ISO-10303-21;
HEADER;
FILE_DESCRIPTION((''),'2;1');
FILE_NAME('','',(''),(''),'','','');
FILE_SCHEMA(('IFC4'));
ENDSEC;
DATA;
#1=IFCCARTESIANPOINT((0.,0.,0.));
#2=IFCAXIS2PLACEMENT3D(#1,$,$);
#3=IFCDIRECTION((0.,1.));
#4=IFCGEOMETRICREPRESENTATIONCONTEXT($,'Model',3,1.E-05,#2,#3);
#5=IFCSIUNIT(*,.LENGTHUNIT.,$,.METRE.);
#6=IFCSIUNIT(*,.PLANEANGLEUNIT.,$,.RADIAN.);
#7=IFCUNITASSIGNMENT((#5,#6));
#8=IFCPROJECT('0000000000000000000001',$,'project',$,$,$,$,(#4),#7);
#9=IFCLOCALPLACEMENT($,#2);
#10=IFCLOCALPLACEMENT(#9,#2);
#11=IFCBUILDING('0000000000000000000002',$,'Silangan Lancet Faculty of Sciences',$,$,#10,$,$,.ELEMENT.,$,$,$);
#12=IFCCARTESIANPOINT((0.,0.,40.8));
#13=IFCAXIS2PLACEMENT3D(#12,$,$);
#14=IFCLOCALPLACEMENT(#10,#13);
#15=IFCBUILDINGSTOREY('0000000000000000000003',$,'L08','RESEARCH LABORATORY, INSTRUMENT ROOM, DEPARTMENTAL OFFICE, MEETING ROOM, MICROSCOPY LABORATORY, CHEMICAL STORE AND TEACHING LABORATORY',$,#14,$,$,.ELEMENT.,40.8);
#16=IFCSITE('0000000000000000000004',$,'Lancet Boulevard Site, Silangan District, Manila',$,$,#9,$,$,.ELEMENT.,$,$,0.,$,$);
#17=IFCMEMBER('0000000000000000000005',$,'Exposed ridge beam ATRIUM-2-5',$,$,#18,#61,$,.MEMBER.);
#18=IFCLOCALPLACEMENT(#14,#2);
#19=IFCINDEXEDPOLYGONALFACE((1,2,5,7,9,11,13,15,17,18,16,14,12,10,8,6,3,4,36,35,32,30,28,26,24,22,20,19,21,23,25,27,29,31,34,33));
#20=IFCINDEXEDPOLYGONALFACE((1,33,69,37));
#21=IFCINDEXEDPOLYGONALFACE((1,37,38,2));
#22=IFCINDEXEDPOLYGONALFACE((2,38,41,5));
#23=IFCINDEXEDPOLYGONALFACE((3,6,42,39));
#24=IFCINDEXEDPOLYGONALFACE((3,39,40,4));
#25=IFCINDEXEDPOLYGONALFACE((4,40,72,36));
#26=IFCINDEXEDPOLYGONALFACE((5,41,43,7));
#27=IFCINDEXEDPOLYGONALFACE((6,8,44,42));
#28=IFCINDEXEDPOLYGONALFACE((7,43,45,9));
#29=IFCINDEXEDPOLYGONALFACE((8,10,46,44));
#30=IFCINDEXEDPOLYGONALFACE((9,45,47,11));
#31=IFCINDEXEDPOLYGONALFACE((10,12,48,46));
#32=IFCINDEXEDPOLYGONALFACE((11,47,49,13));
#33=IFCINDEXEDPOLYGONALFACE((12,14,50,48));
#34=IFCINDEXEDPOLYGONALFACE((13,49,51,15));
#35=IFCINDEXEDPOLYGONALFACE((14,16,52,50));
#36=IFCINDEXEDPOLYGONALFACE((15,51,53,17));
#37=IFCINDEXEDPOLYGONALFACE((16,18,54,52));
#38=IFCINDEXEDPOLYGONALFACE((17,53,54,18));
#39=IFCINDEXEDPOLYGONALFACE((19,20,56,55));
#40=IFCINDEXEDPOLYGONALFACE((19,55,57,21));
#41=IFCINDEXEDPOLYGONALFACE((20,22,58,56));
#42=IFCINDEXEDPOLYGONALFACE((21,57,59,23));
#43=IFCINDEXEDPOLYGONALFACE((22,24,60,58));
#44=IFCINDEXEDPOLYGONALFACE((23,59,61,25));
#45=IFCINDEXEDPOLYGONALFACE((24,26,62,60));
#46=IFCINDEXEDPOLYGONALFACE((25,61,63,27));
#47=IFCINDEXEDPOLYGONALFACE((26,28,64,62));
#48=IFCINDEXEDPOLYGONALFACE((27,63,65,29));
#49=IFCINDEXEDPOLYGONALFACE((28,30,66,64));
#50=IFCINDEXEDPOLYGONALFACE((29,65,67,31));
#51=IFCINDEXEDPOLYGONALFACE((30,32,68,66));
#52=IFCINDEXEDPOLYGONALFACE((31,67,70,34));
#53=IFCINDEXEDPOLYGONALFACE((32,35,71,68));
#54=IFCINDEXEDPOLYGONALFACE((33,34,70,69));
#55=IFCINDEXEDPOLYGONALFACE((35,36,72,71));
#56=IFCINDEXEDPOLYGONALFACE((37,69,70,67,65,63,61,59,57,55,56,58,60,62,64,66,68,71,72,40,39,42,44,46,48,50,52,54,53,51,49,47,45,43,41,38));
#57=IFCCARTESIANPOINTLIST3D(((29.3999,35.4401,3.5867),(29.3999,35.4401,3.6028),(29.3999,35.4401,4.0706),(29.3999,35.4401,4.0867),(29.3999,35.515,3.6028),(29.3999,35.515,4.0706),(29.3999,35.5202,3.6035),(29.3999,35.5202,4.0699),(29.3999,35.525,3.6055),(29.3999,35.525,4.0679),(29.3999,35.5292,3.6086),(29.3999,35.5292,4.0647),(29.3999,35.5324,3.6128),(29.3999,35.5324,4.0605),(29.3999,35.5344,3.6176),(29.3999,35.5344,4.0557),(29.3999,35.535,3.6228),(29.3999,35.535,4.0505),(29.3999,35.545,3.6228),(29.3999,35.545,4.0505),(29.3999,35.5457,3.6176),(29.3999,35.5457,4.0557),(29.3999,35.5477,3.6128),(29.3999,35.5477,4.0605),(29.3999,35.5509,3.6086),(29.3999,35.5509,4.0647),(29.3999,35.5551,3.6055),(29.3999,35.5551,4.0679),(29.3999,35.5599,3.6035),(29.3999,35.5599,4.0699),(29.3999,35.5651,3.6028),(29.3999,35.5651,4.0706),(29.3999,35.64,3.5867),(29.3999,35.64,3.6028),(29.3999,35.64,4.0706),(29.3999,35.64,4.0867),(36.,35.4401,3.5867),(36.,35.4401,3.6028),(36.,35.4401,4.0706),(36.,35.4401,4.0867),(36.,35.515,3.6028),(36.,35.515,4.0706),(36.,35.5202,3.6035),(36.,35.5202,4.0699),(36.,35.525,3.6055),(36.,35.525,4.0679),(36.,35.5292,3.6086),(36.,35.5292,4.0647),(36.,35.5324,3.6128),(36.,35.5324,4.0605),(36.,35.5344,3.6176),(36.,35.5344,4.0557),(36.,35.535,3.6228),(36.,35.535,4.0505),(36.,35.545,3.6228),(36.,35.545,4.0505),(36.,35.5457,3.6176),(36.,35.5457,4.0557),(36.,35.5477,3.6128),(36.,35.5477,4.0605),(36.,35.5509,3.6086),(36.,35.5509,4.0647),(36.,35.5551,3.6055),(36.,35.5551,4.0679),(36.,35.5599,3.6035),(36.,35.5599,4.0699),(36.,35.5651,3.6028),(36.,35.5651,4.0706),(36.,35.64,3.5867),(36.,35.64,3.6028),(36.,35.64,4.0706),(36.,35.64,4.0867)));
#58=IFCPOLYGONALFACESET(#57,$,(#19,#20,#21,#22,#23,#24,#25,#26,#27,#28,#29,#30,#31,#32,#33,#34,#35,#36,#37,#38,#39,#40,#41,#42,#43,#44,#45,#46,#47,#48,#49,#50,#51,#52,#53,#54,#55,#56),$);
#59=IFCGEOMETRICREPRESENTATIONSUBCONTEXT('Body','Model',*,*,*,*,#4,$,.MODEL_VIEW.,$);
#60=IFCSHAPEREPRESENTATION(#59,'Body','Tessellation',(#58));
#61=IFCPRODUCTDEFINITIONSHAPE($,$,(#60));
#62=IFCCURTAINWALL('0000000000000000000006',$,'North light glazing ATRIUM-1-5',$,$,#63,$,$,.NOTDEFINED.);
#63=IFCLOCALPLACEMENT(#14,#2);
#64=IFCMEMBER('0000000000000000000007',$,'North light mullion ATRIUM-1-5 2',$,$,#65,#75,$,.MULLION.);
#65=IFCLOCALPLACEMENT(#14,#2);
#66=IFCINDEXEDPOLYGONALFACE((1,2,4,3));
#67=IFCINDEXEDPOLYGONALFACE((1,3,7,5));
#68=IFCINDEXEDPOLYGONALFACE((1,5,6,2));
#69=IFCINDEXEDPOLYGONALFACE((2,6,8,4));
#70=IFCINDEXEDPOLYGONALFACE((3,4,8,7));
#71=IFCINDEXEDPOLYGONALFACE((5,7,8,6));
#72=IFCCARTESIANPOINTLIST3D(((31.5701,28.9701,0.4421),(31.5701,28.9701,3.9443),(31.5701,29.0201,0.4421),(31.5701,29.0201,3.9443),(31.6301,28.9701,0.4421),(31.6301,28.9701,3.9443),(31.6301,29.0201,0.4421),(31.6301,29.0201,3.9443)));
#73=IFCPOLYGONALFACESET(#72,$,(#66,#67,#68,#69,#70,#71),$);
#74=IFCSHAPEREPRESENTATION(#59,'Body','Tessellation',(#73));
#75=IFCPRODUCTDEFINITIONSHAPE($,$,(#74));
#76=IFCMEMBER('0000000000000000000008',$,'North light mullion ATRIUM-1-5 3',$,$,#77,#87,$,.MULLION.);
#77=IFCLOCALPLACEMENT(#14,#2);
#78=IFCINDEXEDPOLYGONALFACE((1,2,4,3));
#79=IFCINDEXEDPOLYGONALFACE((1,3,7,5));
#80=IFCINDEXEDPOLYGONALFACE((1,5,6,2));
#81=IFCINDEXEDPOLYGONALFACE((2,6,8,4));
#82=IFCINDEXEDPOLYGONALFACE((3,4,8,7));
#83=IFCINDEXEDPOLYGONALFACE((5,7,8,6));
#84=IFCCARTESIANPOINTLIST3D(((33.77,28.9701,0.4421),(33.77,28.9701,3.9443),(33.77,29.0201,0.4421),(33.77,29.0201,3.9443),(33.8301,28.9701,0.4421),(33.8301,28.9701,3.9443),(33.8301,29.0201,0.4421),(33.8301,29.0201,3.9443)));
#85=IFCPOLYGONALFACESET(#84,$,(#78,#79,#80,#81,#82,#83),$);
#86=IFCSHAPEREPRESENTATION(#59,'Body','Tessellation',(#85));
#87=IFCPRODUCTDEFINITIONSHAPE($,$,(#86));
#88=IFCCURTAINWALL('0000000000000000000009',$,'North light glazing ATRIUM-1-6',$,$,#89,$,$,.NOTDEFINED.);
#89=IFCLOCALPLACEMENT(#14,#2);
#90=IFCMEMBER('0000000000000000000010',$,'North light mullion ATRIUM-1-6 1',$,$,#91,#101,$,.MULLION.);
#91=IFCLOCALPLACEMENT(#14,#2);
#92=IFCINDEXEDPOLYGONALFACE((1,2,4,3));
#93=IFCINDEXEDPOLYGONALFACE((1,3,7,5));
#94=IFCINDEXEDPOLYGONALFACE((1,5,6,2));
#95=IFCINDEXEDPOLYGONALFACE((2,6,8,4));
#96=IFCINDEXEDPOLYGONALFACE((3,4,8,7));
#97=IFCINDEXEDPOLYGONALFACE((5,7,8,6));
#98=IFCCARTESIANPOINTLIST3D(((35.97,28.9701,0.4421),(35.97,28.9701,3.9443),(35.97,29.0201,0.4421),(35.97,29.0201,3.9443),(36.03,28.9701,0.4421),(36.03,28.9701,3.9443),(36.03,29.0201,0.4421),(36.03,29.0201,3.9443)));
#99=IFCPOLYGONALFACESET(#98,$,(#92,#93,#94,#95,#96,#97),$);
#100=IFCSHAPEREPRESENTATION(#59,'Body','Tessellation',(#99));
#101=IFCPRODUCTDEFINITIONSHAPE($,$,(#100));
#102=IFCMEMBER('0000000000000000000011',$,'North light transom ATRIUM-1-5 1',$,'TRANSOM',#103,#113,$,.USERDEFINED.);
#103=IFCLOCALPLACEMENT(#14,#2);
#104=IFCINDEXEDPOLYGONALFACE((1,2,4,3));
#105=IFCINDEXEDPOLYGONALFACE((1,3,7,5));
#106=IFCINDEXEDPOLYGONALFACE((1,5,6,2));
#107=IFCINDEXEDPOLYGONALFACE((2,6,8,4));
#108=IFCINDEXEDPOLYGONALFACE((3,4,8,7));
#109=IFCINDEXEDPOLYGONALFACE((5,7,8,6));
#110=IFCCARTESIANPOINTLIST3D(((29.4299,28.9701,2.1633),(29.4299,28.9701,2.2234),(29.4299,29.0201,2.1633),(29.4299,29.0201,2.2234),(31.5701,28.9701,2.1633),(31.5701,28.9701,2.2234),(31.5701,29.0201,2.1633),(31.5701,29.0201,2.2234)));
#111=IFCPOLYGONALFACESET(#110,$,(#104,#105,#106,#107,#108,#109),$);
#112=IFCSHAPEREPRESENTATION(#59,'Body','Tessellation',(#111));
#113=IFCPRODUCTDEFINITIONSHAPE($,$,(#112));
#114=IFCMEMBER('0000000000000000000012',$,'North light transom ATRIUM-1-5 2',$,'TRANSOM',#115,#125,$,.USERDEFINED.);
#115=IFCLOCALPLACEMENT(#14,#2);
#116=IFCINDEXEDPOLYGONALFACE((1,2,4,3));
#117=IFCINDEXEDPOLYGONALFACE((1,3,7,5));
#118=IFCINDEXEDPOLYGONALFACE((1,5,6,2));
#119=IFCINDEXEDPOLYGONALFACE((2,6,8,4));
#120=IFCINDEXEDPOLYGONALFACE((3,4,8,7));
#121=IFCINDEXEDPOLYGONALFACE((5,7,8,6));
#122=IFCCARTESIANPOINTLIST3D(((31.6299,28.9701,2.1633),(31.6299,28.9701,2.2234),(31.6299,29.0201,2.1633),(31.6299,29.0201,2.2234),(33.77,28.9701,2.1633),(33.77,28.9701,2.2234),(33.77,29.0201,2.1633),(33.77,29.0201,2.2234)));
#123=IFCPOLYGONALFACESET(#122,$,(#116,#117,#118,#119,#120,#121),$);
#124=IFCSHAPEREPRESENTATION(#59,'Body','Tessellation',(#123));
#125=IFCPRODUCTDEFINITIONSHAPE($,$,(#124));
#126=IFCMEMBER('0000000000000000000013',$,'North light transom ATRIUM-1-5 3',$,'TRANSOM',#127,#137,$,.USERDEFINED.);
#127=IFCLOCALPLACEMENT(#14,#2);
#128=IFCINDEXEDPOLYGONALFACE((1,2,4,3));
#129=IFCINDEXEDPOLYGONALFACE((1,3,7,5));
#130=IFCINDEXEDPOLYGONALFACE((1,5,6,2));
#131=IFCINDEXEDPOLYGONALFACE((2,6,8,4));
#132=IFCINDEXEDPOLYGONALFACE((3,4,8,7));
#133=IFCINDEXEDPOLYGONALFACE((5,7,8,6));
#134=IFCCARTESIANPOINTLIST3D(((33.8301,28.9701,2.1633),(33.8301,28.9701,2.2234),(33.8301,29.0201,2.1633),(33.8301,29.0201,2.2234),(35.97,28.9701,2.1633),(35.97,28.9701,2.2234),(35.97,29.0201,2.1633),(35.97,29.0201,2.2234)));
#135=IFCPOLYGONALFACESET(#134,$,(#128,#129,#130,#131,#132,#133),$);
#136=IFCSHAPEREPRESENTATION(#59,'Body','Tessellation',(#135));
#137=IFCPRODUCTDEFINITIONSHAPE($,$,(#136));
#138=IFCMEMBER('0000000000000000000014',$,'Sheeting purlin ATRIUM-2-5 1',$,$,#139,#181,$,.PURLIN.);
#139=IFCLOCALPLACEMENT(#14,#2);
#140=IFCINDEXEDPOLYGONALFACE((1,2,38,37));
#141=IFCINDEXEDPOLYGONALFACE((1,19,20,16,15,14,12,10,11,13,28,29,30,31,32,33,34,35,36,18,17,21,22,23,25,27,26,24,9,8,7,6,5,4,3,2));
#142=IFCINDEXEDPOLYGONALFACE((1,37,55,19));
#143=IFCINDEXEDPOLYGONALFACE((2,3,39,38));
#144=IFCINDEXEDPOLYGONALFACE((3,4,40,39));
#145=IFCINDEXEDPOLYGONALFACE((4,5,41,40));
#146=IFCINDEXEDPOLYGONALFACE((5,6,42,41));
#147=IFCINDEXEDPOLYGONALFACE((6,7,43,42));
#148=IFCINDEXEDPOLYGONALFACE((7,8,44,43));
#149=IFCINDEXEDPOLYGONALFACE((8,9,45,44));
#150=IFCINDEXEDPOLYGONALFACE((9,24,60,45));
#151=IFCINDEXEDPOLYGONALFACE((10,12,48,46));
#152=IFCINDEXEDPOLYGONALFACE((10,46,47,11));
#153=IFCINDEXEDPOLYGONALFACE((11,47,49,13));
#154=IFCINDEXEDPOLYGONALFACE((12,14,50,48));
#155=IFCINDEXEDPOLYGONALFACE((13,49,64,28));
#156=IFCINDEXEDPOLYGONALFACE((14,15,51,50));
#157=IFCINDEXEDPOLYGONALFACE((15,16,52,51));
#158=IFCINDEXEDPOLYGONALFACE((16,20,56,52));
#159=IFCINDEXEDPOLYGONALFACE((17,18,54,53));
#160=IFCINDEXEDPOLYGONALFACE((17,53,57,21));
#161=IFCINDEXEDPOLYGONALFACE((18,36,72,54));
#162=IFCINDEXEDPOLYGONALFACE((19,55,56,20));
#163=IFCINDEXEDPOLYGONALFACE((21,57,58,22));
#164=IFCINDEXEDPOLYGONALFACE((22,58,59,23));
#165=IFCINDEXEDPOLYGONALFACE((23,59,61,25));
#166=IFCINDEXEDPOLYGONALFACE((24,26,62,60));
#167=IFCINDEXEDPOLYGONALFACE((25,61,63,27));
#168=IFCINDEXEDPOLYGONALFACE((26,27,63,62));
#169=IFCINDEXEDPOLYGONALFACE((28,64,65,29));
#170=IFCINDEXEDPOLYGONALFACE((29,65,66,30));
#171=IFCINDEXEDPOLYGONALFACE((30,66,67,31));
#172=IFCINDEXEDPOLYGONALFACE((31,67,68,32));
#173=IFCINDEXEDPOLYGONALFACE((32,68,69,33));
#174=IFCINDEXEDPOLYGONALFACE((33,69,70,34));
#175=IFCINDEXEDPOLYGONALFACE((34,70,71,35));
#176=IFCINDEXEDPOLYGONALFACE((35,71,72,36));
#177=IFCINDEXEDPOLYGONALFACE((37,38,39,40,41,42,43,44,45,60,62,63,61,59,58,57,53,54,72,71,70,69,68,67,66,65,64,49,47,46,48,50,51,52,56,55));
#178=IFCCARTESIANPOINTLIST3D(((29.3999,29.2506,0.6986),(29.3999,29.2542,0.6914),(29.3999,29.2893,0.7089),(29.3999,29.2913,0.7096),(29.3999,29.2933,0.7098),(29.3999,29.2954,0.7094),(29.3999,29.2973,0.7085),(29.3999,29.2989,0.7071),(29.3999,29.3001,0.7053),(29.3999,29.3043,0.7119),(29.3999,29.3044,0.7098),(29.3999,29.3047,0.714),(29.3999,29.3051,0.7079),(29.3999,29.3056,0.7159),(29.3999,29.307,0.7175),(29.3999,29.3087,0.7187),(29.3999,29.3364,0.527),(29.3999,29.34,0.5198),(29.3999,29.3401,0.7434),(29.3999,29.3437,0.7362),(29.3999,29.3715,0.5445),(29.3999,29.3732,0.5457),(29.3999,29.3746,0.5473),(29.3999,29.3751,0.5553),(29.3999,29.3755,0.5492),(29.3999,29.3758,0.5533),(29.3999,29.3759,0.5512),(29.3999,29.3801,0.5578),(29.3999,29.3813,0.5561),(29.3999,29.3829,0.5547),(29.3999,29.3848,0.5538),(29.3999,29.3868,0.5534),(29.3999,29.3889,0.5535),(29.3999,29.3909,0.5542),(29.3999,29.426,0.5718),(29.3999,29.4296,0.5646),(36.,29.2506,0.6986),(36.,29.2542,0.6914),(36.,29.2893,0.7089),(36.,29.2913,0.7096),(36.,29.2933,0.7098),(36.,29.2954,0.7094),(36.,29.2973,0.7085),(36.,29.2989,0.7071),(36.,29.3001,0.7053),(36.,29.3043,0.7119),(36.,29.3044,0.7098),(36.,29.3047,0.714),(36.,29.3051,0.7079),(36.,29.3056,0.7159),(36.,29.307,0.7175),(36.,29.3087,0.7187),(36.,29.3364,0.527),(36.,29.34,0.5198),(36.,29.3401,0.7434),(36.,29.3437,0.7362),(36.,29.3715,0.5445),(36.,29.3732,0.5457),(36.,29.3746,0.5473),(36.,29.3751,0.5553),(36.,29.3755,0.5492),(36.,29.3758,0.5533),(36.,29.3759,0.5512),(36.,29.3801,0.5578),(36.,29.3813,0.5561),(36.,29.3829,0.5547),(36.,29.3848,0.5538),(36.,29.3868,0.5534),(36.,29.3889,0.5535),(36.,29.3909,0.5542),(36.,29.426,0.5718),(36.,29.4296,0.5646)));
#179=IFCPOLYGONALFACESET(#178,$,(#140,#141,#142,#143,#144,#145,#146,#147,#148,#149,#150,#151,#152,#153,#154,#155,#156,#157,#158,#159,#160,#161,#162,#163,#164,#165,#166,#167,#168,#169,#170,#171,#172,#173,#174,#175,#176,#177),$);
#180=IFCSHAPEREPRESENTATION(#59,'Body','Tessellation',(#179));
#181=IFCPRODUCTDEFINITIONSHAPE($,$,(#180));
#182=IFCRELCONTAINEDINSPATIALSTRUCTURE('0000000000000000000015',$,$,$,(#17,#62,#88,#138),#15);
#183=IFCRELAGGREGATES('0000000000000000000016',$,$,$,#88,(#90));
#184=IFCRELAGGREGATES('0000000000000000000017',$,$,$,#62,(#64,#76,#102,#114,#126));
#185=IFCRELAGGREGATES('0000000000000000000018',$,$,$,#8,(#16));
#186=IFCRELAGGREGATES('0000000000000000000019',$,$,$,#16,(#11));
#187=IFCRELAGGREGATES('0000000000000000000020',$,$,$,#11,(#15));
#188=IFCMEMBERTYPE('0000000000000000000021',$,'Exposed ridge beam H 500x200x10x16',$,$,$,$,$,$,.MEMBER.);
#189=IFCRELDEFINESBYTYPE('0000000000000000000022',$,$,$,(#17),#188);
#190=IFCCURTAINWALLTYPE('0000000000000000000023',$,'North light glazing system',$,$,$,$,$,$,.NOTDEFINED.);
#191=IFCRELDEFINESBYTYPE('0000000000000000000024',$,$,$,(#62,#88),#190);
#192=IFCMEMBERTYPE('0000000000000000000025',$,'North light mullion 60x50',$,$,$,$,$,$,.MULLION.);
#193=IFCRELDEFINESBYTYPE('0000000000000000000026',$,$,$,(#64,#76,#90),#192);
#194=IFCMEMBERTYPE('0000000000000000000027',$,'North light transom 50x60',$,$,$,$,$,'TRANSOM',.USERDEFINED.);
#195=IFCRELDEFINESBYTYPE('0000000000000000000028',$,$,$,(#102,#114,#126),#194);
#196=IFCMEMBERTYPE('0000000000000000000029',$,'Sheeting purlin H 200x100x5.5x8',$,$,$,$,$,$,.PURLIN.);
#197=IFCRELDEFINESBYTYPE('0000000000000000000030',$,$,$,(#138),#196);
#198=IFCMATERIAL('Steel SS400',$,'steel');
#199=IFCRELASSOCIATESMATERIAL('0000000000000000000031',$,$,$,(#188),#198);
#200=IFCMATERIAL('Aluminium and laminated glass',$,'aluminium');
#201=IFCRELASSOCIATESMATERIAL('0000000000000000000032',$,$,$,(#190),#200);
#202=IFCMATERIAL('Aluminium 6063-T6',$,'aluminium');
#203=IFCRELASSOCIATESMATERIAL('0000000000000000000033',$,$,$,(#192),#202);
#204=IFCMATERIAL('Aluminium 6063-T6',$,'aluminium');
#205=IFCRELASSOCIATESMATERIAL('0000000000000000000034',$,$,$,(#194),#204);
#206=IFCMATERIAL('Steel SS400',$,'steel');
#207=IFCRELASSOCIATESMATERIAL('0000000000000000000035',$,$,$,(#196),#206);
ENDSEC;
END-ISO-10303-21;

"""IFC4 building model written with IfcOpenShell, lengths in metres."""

from ifc_helpers import new_model, si_unit, direction, frame, origin, origin_2d, place, context, subcontext, project, spatial, rectangle, i_section, extrude, material, material_profile, profile_set, type_object, element, aggregate, save


model = new_model("IFC4")

# Units and contexts
model_context = context("Model", 3, precision=1e-05, world=origin(), true_north=direction((0.0, 1.0)))
body_context = subcontext(model_context, "Body", "Model", "MODEL_VIEW")
ifc_project = project(units=[si_unit("LENGTHUNIT", "METRE"), si_unit("PLANEANGLEUNIT", "RADIAN")], contexts=[model_context])

# Site, building, storey
site_placement = place(None, origin())
site = spatial("IfcSite", under=ifc_project, at=site_placement, Name="Lancet Boulevard Site, Silangan District, Manila", CompositionType="ELEMENT", RefElevation=0.0)
building_placement = place(site_placement, origin())
building = spatial("IfcBuilding", under=site, at=building_placement, Name="Silangan Lancet Faculty of Sciences", CompositionType="ELEMENT")
storey_placement = place(building_placement, frame((0.0, 0.0, 40.8)))
storey = spatial("IfcBuildingStorey", under=building, at=storey_placement, Name="L08", Description="RESEARCH LABORATORY, INSTRUMENT ROOM, DEPARTMENTAL OFFICE, MEETING ROOM, MICROSCOPY LABORATORY, CHEMICAL STORE AND TEACHING LABORATORY", CompositionType="ELEMENT", Elevation=40.8)

# Member
ifc_material_1 = material(Name="Steel SS400", Category="steel")
ifc_material_profile_1 = material_profile(ifc_material_1, i_section(OverallWidth=0.2, OverallDepth=0.5, WebThickness=0.01, FlangeThickness=0.0161, FilletRadius=0.02, at=origin_2d()), Name="H 500x200x10x16")
ifc_profile_set_1 = profile_set([ifc_material_profile_1], Name="Steel SS400")
member_type_1 = type_object("IfcMemberType", Name="Exposed ridge beam H 500x200x10x16", PredefinedType="MEMBER", material=ifc_profile_set_1)
member_1_placement = place(storey_placement, frame((29.3999, 35.54, 3.8367), z_axis=(1.0, 0.0, 0.0), x_axis=(0.0, 1.0, 0.0)))
element("IfcMember", 1, at=member_1_placement, inside=storey, type_object=member_type_1, Name="Exposed ridge beam ATRIUM-2-5", PredefinedType="MEMBER", context=body_context, shape_type="SweptSolid", body=[
    extrude(i_section(OverallWidth=0.2, OverallDepth=0.5, WebThickness=0.01, FlangeThickness=0.0161, FilletRadius=0.02, at=origin_2d()), origin(), (0.0, 0.0, 1.0), 6.6001),
])

# Curtain wall, members
ifc_material_2 = material(Name="Aluminium and laminated glass", Category="aluminium")
curtain_wall_type = type_object("IfcCurtainWallType", Name="North light glazing system", PredefinedType="NOTDEFINED", material=ifc_material_2)
curtain_wall_1_placement = place(storey_placement, origin())
curtain_wall_1 = element("IfcCurtainWall", 2, at=curtain_wall_1_placement, inside=storey, type_object=curtain_wall_type, Name="North light glazing ATRIUM-1-5", PredefinedType="NOTDEFINED")
ifc_material_3 = material(Name="Aluminium 6063-T6", Category="aluminium")
ifc_material_profile_2 = material_profile(ifc_material_3, rectangle(XDim=0.0601, YDim=0.05, at=origin_2d()), Name="AL 60x50")
ifc_profile_set_2 = profile_set([ifc_material_profile_2], Name="Aluminium 6063-T6")
member_type_2 = type_object("IfcMemberType", Name="North light mullion 60x50", PredefinedType="MULLION", material=ifc_profile_set_2)
member_2_placement = place(storey_placement, frame((31.6001, 28.9951, 0.4421), z_axis=(0.0, 0.0, 1.0), x_axis=(1.0, 0.0, 0.0)))
member_2 = element("IfcMember", 3, at=member_2_placement, type_object=member_type_2, Name="North light mullion ATRIUM-1-5 2", PredefinedType="MULLION", context=body_context, shape_type="SweptSolid", body=[
    extrude(rectangle(XDim=0.0601, YDim=0.05, at=origin_2d()), origin(), (0.0, 0.0, 1.0), 3.5022),
])
member_3_placement = place(storey_placement, frame((33.8, 28.9951, 0.4421), z_axis=(0.0, 0.0, 1.0), x_axis=(1.0, 0.0, 0.0)))
member_3 = element("IfcMember", 4, at=member_3_placement, type_object=member_type_2, Name="North light mullion ATRIUM-1-5 3", PredefinedType="MULLION", context=body_context, shape_type="SweptSolid", body=[
    extrude(rectangle(XDim=0.0601, YDim=0.05, at=origin_2d()), origin(), (0.0, 0.0, 1.0), 3.5022),
])

# Curtain wall, member
curtain_wall_2_placement = place(storey_placement, origin())
curtain_wall_2 = element("IfcCurtainWall", 5, at=curtain_wall_2_placement, inside=storey, type_object=curtain_wall_type, Name="North light glazing ATRIUM-1-6", PredefinedType="NOTDEFINED")
member_4_placement = place(storey_placement, frame((36.0, 28.9951, 0.4421), z_axis=(0.0, 0.0, 1.0), x_axis=(1.0, 0.0, 0.0)))
member_4 = element("IfcMember", 6, at=member_4_placement, type_object=member_type_2, Name="North light mullion ATRIUM-1-6 1", PredefinedType="MULLION", context=body_context, shape_type="SweptSolid", body=[
    extrude(rectangle(XDim=0.0601, YDim=0.05, at=origin_2d()), origin(), (0.0, 0.0, 1.0), 3.5022),
])
aggregate(curtain_wall_2, [member_4])

# Members
ifc_material_4 = material(Name="Aluminium 6063-T6", Category="aluminium")
ifc_material_profile_3 = material_profile(ifc_material_4, rectangle(XDim=0.05, YDim=0.0601, at=origin_2d()), Name="AL 50x60")
ifc_profile_set_3 = profile_set([ifc_material_profile_3], Name="Aluminium 6063-T6")
member_type_3 = type_object("IfcMemberType", Name="North light transom 50x60", ElementType="TRANSOM", PredefinedType="USERDEFINED", material=ifc_profile_set_3)
member_5_placement = place(storey_placement, frame((29.4299, 28.9951, 2.1934), z_axis=(1.0, 0.0, 0.0), x_axis=(0.0, 1.0, 0.0)))
member_5 = element("IfcMember", 7, at=member_5_placement, type_object=member_type_3, Name="North light transom ATRIUM-1-5 1", ObjectType="TRANSOM", PredefinedType="USERDEFINED", context=body_context, shape_type="SweptSolid", body=[
    extrude(rectangle(XDim=0.05, YDim=0.0601, at=origin_2d()), origin(), (0.0, 0.0, 1.0), 2.1401),
])
member_6_placement = place(storey_placement, frame((31.6299, 28.9951, 2.1934), z_axis=(1.0, 0.0, 0.0), x_axis=(0.0, 1.0, 0.0)))
member_6 = element("IfcMember", 8, at=member_6_placement, type_object=member_type_3, Name="North light transom ATRIUM-1-5 2", ObjectType="TRANSOM", PredefinedType="USERDEFINED", context=body_context, shape_type="SweptSolid", body=[
    extrude(rectangle(XDim=0.05, YDim=0.0601, at=origin_2d()), origin(), (0.0, 0.0, 1.0), 2.1401),
])
member_7_placement = place(storey_placement, frame((33.8301, 28.9951, 2.1934), z_axis=(1.0, 0.0, 0.0), x_axis=(0.0, 1.0, 0.0)))
member_7 = element("IfcMember", 9, at=member_7_placement, type_object=member_type_3, Name="North light transom ATRIUM-1-5 3", ObjectType="TRANSOM", PredefinedType="USERDEFINED", context=body_context, shape_type="SweptSolid", body=[
    extrude(rectangle(XDim=0.05, YDim=0.0601, at=origin_2d()), origin(), (0.0, 0.0, 1.0), 2.1399),
])
aggregate(curtain_wall_1, [member_2, member_3, member_5, member_6, member_7])

# Member
ifc_material_5 = material(Name="Steel SS400", Category="steel")
ifc_material_profile_4 = material_profile(ifc_material_5, i_section(OverallWidth=0.1001, OverallDepth=0.2, WebThickness=0.0056, FlangeThickness=0.0081, FilletRadius=0.0081, at=origin_2d()), Name="H 200x100x5.5x8")
ifc_profile_set_4 = profile_set([ifc_material_profile_4], Name="Steel SS400")
member_type_4 = type_object("IfcMemberType", Name="Sheeting purlin H 200x100x5.5x8", PredefinedType="PURLIN", material=ifc_profile_set_4)
for number, where, z_axis, x_axis, name in (
    (10, (29.3999, 29.3401, 0.6316), (1.0, 0.0, 0.0), (0.0, 0.894427, 0.447214), "Sheeting purlin ATRIUM-2-5 1"),
):
    element("IfcMember", number, at=place(storey_placement, frame(where, z_axis=z_axis, x_axis=x_axis)), inside=storey, type_object=member_type_4, Name=name, PredefinedType="PURLIN", context=body_context, shape_type="SweptSolid", body=[
        extrude(i_section(OverallWidth=0.1001, OverallDepth=0.2, WebThickness=0.0056, FlangeThickness=0.0081, FilletRadius=0.0081, at=origin_2d()), origin(), (0.0, 0.0, 1.0), 6.6001),
    ])

save(model, "model.ifc")
